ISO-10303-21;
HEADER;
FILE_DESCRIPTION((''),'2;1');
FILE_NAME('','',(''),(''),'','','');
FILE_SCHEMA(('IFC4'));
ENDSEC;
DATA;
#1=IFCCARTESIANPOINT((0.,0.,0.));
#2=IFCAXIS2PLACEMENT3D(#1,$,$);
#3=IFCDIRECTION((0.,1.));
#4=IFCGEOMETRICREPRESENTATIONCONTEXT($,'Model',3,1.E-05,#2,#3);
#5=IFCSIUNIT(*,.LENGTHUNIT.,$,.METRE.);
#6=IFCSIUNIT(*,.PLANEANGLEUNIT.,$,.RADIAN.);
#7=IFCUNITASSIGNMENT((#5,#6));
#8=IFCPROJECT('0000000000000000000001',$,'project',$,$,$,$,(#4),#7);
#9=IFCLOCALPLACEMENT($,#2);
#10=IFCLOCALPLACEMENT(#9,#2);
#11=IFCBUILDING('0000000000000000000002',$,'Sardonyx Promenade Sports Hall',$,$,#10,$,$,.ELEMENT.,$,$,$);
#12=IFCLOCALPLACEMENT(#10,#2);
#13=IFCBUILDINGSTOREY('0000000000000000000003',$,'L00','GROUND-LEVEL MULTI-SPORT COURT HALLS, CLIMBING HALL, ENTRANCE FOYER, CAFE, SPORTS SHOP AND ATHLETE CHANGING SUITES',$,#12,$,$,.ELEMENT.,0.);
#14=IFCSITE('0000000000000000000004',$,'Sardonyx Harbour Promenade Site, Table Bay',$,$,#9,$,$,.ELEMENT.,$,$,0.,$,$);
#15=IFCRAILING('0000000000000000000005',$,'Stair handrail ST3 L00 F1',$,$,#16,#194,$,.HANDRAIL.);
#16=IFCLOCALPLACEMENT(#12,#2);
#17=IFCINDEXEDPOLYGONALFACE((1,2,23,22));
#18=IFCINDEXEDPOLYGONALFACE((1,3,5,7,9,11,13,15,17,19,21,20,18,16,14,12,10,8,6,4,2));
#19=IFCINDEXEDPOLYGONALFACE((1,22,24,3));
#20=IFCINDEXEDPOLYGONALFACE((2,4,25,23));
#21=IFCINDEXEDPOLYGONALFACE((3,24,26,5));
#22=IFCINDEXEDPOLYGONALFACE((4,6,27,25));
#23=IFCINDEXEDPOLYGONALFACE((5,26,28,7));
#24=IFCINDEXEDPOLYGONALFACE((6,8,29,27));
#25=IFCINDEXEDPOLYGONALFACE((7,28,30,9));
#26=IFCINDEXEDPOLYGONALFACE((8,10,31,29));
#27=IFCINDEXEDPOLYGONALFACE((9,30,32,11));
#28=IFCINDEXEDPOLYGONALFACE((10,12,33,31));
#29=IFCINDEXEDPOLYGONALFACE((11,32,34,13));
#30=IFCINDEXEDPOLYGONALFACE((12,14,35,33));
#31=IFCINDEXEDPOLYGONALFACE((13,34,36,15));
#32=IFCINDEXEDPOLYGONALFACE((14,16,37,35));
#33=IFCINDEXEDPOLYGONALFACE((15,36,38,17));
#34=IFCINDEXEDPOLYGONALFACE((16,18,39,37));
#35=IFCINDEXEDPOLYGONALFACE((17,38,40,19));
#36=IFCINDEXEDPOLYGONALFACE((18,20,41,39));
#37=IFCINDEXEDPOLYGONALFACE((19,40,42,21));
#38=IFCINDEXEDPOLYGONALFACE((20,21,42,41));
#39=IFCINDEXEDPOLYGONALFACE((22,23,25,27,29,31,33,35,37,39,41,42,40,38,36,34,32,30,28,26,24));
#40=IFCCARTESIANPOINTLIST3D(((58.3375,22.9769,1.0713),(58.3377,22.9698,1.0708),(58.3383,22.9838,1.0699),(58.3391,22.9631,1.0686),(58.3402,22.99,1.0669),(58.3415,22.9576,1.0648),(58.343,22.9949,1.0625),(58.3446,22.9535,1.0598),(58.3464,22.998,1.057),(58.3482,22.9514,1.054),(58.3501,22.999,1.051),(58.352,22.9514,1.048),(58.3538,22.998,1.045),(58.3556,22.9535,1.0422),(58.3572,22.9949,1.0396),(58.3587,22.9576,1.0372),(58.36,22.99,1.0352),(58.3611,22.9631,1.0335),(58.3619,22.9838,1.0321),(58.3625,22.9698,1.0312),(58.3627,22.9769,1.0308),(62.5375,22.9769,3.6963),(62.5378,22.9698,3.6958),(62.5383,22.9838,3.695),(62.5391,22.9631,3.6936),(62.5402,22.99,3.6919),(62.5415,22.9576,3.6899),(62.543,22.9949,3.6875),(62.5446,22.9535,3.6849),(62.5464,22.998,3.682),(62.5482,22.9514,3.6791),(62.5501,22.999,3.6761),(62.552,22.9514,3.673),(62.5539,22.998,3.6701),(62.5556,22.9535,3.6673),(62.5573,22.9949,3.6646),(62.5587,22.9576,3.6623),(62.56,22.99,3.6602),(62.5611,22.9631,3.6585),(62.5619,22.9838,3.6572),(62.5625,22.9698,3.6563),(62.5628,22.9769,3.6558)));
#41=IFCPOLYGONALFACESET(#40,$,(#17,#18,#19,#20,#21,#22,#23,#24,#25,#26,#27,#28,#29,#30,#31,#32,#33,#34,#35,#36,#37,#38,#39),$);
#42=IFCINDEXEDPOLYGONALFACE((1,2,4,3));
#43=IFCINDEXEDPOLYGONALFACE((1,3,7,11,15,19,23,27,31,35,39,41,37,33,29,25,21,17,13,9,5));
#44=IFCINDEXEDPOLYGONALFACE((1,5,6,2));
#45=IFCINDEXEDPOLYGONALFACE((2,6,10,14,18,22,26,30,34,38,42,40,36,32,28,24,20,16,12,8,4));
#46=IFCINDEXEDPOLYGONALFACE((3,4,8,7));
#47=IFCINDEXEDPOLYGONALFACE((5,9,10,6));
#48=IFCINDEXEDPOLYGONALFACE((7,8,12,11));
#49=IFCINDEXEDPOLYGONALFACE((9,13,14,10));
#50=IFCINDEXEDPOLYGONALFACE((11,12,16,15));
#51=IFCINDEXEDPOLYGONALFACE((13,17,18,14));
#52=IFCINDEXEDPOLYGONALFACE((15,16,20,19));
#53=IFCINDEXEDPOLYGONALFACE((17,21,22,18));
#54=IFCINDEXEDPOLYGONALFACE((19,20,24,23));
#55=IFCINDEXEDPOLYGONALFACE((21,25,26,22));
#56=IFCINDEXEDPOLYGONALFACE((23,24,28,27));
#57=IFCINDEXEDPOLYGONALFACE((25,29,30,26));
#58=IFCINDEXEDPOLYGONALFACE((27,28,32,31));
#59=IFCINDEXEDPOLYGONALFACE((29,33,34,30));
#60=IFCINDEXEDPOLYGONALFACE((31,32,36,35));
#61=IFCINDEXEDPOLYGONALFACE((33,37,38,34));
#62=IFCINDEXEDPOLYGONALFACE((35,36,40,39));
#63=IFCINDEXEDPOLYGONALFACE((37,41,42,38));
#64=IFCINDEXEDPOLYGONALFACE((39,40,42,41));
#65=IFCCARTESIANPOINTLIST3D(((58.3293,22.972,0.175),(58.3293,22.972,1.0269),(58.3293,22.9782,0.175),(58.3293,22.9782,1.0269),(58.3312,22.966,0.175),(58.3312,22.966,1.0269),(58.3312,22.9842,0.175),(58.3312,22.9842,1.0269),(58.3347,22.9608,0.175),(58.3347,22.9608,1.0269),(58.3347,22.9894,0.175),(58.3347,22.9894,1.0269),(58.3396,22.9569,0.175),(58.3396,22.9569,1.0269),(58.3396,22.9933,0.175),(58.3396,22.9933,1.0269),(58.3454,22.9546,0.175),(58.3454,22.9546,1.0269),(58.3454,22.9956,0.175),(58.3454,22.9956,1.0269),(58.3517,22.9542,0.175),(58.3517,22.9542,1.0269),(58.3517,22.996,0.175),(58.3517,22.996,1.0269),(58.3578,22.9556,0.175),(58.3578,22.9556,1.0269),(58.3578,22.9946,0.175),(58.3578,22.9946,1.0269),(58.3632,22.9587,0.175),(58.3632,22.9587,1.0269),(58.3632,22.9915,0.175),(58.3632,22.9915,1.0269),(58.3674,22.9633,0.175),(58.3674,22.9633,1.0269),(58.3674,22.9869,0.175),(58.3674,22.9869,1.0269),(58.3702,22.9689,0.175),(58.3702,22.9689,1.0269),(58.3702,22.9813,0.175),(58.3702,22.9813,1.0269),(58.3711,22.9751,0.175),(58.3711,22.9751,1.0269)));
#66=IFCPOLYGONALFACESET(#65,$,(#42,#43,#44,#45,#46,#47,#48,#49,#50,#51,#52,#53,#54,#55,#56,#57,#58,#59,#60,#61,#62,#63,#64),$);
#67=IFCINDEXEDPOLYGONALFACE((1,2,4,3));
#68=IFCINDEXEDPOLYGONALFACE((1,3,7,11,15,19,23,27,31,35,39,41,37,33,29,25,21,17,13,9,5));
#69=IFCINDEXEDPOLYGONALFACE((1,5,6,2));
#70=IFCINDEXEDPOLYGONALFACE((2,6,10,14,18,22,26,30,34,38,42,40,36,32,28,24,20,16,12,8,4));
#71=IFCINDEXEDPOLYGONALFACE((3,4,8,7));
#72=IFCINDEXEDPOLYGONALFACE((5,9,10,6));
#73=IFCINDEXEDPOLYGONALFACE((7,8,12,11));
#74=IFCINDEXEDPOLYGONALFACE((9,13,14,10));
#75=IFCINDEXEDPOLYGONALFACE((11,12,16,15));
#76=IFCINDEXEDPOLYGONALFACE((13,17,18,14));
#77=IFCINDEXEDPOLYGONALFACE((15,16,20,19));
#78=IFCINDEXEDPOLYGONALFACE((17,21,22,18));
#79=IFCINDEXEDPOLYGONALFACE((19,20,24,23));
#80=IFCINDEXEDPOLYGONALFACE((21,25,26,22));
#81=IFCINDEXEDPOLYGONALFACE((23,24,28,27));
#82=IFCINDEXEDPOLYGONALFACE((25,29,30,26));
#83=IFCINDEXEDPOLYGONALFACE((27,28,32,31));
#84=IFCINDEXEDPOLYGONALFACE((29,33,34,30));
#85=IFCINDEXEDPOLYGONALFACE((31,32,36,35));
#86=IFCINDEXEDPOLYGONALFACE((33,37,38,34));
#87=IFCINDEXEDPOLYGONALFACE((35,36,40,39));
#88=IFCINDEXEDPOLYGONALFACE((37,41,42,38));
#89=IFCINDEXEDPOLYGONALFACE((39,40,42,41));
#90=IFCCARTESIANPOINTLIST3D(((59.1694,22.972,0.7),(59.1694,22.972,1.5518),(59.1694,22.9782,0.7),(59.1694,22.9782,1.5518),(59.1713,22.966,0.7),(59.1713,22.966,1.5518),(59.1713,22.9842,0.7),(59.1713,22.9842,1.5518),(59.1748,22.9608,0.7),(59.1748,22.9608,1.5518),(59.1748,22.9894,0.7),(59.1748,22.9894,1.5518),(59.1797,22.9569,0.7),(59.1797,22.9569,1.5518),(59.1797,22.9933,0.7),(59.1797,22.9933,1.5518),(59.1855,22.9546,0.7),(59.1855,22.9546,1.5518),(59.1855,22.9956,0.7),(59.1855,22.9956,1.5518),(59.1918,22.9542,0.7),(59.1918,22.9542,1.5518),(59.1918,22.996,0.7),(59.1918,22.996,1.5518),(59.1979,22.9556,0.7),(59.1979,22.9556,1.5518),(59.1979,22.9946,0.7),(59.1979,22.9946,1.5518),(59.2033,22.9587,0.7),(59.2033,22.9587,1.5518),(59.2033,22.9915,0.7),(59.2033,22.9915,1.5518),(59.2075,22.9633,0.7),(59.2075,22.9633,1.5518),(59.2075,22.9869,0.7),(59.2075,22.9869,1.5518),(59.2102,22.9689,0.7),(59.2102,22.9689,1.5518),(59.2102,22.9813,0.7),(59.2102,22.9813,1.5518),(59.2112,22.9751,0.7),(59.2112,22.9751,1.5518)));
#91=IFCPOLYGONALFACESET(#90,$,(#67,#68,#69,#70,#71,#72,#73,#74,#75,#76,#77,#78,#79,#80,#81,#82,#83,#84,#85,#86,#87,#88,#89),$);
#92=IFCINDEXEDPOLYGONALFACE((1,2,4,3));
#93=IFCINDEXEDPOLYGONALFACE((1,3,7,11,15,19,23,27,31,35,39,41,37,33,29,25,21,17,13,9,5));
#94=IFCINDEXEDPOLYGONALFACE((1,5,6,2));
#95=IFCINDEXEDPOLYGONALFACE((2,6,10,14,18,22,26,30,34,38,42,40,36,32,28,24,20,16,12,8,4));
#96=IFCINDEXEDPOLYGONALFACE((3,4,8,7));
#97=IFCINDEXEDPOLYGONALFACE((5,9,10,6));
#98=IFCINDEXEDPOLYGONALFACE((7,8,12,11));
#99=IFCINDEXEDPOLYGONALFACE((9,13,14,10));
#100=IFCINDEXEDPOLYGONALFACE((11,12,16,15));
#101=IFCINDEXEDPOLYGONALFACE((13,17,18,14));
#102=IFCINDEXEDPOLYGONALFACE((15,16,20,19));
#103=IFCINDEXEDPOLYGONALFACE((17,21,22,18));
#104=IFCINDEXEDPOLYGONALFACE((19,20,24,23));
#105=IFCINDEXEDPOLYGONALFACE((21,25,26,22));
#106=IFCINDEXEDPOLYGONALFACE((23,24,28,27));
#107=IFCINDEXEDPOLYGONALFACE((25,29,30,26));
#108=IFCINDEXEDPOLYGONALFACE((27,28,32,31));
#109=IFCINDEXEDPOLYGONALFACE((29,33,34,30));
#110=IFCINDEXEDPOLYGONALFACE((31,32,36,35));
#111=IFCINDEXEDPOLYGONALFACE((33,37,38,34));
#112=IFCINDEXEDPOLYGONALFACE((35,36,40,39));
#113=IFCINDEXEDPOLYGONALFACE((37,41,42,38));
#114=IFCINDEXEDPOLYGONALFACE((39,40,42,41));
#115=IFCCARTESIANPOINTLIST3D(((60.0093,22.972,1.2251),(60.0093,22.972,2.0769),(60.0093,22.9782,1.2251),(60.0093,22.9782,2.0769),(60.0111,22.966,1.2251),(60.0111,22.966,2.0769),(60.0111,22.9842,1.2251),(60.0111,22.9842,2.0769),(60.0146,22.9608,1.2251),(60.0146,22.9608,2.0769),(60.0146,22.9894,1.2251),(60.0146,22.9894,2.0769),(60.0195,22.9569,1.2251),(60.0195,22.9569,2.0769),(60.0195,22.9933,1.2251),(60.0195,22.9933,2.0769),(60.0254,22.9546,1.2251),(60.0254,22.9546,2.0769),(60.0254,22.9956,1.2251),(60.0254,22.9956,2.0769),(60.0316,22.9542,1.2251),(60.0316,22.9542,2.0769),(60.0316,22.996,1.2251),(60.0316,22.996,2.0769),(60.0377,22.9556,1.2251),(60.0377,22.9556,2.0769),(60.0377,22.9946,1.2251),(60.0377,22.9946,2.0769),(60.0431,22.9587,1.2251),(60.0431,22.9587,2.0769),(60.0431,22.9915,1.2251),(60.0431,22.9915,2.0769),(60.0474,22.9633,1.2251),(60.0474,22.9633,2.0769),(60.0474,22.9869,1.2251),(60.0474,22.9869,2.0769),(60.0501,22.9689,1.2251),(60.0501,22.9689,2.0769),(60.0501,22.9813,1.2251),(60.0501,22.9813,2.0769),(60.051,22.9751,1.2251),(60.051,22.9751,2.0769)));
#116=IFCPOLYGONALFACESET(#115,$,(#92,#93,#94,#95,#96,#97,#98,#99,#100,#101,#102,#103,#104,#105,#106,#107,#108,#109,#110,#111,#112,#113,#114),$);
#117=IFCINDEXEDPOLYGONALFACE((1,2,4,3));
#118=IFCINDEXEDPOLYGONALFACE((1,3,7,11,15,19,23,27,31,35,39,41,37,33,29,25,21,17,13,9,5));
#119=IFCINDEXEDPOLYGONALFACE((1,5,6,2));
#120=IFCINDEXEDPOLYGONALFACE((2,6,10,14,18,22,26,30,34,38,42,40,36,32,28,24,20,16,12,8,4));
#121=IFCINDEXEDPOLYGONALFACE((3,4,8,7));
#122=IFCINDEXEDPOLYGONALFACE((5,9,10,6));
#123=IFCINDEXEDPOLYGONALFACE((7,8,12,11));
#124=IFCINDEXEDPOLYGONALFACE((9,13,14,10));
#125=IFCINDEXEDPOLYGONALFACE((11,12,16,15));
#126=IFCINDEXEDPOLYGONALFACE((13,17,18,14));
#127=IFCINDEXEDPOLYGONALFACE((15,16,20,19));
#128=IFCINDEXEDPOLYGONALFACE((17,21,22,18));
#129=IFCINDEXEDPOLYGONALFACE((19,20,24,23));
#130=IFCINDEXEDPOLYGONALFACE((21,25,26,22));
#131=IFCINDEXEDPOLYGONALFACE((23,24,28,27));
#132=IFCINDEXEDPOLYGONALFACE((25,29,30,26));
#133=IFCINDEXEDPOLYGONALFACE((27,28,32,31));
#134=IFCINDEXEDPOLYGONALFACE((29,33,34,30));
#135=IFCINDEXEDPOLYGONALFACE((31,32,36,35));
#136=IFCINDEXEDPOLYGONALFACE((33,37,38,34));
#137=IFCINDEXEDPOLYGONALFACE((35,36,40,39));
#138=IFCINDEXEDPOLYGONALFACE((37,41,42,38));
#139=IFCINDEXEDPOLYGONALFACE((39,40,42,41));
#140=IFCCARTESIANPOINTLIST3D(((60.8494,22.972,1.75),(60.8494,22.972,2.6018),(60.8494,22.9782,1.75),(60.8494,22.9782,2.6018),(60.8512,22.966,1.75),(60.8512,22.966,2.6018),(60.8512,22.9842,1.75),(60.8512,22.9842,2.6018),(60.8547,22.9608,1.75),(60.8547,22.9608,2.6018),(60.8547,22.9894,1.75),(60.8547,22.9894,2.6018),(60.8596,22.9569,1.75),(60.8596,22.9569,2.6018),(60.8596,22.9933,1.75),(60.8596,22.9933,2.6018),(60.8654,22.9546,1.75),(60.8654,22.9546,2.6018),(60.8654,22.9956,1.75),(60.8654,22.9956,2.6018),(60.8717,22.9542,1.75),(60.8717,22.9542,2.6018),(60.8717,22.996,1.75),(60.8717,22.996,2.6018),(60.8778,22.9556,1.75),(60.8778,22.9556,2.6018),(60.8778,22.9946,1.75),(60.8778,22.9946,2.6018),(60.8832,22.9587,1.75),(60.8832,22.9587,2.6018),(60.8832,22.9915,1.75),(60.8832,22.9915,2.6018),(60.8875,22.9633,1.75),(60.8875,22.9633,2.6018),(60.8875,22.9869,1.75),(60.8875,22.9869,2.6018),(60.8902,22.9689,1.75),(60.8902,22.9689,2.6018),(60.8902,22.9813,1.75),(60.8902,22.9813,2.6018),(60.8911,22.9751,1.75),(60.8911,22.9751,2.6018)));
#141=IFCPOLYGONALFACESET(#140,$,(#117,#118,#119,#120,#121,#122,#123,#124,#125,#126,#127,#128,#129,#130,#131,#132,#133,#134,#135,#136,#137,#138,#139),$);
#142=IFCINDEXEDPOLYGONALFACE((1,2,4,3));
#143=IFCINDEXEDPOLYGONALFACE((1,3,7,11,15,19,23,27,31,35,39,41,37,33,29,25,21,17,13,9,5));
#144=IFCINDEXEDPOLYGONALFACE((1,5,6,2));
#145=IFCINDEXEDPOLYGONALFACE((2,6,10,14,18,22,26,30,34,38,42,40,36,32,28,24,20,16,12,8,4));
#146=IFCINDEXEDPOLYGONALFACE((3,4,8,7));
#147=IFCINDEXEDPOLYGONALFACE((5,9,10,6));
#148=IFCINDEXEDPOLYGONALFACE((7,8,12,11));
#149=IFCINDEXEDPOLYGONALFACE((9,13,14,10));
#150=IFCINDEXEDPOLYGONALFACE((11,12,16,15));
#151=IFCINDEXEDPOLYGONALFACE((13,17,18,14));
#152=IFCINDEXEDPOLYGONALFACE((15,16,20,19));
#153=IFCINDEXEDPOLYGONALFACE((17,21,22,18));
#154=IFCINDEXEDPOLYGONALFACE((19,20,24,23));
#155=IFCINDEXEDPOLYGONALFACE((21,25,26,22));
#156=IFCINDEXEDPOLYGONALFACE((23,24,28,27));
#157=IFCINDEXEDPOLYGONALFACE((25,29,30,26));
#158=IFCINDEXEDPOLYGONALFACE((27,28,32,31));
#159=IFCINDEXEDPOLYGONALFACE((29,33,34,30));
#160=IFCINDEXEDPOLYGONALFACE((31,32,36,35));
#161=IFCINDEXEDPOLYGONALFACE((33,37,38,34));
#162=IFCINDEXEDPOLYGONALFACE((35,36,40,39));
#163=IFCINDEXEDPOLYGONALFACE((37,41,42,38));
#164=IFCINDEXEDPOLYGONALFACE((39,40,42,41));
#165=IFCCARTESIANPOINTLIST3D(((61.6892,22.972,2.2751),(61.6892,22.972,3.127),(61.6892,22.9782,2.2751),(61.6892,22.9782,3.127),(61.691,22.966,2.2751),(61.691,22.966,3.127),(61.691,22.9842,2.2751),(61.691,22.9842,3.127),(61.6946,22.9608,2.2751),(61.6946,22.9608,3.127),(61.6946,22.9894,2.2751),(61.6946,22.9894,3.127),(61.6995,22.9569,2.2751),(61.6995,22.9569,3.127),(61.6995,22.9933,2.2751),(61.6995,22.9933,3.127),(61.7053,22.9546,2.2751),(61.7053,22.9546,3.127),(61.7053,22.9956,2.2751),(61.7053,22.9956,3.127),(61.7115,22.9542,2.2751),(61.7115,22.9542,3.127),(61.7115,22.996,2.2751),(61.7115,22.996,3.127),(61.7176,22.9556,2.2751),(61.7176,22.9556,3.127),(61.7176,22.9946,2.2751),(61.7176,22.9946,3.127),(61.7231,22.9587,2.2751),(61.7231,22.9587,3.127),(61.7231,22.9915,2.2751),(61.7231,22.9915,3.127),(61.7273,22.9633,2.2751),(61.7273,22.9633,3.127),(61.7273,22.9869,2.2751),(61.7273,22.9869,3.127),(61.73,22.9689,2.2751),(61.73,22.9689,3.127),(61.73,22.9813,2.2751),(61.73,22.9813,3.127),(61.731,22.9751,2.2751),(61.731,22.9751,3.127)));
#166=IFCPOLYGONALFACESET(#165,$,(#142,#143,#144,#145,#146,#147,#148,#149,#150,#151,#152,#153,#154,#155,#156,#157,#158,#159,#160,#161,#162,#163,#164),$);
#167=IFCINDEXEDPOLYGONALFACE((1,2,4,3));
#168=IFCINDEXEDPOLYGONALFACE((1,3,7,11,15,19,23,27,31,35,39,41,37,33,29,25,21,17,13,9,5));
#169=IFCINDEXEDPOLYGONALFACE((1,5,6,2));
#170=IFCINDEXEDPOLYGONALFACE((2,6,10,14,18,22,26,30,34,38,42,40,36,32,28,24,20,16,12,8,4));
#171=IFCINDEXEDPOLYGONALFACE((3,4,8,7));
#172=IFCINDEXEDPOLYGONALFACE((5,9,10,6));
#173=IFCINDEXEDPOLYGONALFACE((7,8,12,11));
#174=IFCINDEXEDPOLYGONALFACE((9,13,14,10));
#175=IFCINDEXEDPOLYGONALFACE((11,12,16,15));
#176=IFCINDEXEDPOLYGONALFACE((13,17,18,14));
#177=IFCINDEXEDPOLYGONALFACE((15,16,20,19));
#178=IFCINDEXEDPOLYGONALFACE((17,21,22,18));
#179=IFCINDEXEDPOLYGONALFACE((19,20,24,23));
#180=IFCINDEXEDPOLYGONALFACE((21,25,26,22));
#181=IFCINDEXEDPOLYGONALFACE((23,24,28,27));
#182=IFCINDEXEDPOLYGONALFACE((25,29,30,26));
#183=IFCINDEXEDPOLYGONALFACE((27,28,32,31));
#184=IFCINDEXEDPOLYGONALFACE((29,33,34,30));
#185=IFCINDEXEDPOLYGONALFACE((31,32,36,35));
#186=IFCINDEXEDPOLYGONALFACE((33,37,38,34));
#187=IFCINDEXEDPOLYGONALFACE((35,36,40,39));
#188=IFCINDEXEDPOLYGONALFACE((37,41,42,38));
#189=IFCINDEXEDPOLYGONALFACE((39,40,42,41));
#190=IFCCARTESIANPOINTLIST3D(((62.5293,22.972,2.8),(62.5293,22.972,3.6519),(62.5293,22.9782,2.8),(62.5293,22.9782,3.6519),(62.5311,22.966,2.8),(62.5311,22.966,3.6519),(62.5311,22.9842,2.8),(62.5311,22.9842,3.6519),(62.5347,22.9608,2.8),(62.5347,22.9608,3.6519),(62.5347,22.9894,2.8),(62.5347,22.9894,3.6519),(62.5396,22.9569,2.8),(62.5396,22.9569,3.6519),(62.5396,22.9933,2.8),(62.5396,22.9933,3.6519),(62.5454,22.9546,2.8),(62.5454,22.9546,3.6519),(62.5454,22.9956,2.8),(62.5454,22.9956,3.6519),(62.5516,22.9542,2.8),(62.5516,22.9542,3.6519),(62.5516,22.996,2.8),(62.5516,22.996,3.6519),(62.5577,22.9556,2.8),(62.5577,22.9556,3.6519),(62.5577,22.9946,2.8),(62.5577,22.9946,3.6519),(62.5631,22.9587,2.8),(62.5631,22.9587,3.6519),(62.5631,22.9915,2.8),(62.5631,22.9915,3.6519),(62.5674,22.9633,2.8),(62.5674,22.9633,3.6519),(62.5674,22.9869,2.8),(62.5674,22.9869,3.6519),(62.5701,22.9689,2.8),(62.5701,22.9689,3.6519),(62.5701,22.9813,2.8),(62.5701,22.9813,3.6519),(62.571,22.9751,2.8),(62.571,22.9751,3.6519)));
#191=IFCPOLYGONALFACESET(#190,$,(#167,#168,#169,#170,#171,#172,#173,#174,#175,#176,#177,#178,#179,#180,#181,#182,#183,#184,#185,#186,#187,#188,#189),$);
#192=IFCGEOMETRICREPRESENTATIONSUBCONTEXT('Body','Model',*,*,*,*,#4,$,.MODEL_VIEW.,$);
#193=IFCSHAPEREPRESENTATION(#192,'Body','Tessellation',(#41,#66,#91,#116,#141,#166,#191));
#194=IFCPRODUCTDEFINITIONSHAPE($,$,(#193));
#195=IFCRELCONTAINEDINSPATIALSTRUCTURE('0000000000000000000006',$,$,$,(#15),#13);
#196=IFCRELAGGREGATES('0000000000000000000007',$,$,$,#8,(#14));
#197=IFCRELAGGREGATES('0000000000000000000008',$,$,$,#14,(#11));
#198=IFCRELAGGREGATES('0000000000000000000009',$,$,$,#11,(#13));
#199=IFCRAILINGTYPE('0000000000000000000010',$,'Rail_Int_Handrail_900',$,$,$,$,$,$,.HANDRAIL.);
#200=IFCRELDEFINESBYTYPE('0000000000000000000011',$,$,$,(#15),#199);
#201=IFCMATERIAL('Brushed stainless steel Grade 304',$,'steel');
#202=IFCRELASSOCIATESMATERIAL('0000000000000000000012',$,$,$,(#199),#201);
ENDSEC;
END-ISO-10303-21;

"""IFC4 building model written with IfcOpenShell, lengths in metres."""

from ifc_helpers import new_model, si_unit, direction, frame, origin, origin_2d, place, context, subcontext, project, spatial, circle, extrude, material, type_object, element, save


model = new_model("IFC4")

# Units and contexts
model_context = context("Model", 3, precision=1e-05, world=origin(), true_north=direction((0.0, 1.0)))
body_context = subcontext(model_context, "Body", "Model", "MODEL_VIEW")
ifc_project = project(units=[si_unit("LENGTHUNIT", "METRE"), si_unit("PLANEANGLEUNIT", "RADIAN")], contexts=[model_context])

# Site, building, storey
site_placement = place(None, origin())
site = spatial("IfcSite", under=ifc_project, at=site_placement, Name="Sardonyx Harbour Promenade Site, Table Bay", CompositionType="ELEMENT", RefElevation=0.0)
building_placement = place(site_placement, origin())
building = spatial("IfcBuilding", under=site, at=building_placement, Name="Sardonyx Promenade Sports Hall", CompositionType="ELEMENT")
storey_placement = place(building_placement, origin())
storey = spatial("IfcBuildingStorey", under=building, at=storey_placement, Name="L00", Description="GROUND-LEVEL MULTI-SPORT COURT HALLS, CLIMBING HALL, ENTRANCE FOYER, CAFE, SPORTS SHOP AND ATHLETE CHANGING SUITES", CompositionType="ELEMENT", Elevation=0.0)

# Railing
ifc_material_1 = material(Name="Brushed stainless steel Grade 304", Category="steel")
railing_type_1 = type_object("IfcRailingType", Name="Rail_Int_Handrail_900", PredefinedType="HANDRAIL", material=ifc_material_1)
railing_1_placement = place(storey_placement, frame((58.3501, 22.9751, 0.175)))
element("IfcRailing", 1, at=railing_1_placement, inside=storey, type_object=railing_type_1, Name="Stair handrail ST3 L00 F1", PredefinedType="HANDRAIL", context=body_context, shape_type="SweptSolid", body=[
    extrude(circle(Radius=0.0239, at=origin_2d()), frame((0.0, 0.0, 0.876), z_axis=(0.847996, 0.0, 0.530003), x_axis=(0.0, 1.0, 0.0)), (0.0, 0.0, 1.0), 4.9529),
    extrude(circle(Radius=0.021, at=origin_2d()), origin(), (0.0, 0.0, 1.0), 0.8518),
    extrude(circle(Radius=0.021, at=origin_2d()), frame((0.8401, 0.0, 0.5249)), (0.0, 0.0, 1.0), 0.8518),
    extrude(circle(Radius=0.021, at=origin_2d()), frame((1.6799, 0.0, 1.05)), (0.0, 0.0, 1.0), 0.8518),
    extrude(circle(Radius=0.021, at=origin_2d()), frame((2.52, 0.0, 1.575)), (0.0, 0.0, 1.0), 0.8518),
    extrude(circle(Radius=0.021, at=origin_2d()), frame((3.3599, 0.0, 2.1001)), (0.0, 0.0, 1.0), 0.8518),
    extrude(circle(Radius=0.021, at=origin_2d()), frame((4.2, 0.0, 2.625)), (0.0, 0.0, 1.0), 0.8518),
])

save(model, "model.ifc")
